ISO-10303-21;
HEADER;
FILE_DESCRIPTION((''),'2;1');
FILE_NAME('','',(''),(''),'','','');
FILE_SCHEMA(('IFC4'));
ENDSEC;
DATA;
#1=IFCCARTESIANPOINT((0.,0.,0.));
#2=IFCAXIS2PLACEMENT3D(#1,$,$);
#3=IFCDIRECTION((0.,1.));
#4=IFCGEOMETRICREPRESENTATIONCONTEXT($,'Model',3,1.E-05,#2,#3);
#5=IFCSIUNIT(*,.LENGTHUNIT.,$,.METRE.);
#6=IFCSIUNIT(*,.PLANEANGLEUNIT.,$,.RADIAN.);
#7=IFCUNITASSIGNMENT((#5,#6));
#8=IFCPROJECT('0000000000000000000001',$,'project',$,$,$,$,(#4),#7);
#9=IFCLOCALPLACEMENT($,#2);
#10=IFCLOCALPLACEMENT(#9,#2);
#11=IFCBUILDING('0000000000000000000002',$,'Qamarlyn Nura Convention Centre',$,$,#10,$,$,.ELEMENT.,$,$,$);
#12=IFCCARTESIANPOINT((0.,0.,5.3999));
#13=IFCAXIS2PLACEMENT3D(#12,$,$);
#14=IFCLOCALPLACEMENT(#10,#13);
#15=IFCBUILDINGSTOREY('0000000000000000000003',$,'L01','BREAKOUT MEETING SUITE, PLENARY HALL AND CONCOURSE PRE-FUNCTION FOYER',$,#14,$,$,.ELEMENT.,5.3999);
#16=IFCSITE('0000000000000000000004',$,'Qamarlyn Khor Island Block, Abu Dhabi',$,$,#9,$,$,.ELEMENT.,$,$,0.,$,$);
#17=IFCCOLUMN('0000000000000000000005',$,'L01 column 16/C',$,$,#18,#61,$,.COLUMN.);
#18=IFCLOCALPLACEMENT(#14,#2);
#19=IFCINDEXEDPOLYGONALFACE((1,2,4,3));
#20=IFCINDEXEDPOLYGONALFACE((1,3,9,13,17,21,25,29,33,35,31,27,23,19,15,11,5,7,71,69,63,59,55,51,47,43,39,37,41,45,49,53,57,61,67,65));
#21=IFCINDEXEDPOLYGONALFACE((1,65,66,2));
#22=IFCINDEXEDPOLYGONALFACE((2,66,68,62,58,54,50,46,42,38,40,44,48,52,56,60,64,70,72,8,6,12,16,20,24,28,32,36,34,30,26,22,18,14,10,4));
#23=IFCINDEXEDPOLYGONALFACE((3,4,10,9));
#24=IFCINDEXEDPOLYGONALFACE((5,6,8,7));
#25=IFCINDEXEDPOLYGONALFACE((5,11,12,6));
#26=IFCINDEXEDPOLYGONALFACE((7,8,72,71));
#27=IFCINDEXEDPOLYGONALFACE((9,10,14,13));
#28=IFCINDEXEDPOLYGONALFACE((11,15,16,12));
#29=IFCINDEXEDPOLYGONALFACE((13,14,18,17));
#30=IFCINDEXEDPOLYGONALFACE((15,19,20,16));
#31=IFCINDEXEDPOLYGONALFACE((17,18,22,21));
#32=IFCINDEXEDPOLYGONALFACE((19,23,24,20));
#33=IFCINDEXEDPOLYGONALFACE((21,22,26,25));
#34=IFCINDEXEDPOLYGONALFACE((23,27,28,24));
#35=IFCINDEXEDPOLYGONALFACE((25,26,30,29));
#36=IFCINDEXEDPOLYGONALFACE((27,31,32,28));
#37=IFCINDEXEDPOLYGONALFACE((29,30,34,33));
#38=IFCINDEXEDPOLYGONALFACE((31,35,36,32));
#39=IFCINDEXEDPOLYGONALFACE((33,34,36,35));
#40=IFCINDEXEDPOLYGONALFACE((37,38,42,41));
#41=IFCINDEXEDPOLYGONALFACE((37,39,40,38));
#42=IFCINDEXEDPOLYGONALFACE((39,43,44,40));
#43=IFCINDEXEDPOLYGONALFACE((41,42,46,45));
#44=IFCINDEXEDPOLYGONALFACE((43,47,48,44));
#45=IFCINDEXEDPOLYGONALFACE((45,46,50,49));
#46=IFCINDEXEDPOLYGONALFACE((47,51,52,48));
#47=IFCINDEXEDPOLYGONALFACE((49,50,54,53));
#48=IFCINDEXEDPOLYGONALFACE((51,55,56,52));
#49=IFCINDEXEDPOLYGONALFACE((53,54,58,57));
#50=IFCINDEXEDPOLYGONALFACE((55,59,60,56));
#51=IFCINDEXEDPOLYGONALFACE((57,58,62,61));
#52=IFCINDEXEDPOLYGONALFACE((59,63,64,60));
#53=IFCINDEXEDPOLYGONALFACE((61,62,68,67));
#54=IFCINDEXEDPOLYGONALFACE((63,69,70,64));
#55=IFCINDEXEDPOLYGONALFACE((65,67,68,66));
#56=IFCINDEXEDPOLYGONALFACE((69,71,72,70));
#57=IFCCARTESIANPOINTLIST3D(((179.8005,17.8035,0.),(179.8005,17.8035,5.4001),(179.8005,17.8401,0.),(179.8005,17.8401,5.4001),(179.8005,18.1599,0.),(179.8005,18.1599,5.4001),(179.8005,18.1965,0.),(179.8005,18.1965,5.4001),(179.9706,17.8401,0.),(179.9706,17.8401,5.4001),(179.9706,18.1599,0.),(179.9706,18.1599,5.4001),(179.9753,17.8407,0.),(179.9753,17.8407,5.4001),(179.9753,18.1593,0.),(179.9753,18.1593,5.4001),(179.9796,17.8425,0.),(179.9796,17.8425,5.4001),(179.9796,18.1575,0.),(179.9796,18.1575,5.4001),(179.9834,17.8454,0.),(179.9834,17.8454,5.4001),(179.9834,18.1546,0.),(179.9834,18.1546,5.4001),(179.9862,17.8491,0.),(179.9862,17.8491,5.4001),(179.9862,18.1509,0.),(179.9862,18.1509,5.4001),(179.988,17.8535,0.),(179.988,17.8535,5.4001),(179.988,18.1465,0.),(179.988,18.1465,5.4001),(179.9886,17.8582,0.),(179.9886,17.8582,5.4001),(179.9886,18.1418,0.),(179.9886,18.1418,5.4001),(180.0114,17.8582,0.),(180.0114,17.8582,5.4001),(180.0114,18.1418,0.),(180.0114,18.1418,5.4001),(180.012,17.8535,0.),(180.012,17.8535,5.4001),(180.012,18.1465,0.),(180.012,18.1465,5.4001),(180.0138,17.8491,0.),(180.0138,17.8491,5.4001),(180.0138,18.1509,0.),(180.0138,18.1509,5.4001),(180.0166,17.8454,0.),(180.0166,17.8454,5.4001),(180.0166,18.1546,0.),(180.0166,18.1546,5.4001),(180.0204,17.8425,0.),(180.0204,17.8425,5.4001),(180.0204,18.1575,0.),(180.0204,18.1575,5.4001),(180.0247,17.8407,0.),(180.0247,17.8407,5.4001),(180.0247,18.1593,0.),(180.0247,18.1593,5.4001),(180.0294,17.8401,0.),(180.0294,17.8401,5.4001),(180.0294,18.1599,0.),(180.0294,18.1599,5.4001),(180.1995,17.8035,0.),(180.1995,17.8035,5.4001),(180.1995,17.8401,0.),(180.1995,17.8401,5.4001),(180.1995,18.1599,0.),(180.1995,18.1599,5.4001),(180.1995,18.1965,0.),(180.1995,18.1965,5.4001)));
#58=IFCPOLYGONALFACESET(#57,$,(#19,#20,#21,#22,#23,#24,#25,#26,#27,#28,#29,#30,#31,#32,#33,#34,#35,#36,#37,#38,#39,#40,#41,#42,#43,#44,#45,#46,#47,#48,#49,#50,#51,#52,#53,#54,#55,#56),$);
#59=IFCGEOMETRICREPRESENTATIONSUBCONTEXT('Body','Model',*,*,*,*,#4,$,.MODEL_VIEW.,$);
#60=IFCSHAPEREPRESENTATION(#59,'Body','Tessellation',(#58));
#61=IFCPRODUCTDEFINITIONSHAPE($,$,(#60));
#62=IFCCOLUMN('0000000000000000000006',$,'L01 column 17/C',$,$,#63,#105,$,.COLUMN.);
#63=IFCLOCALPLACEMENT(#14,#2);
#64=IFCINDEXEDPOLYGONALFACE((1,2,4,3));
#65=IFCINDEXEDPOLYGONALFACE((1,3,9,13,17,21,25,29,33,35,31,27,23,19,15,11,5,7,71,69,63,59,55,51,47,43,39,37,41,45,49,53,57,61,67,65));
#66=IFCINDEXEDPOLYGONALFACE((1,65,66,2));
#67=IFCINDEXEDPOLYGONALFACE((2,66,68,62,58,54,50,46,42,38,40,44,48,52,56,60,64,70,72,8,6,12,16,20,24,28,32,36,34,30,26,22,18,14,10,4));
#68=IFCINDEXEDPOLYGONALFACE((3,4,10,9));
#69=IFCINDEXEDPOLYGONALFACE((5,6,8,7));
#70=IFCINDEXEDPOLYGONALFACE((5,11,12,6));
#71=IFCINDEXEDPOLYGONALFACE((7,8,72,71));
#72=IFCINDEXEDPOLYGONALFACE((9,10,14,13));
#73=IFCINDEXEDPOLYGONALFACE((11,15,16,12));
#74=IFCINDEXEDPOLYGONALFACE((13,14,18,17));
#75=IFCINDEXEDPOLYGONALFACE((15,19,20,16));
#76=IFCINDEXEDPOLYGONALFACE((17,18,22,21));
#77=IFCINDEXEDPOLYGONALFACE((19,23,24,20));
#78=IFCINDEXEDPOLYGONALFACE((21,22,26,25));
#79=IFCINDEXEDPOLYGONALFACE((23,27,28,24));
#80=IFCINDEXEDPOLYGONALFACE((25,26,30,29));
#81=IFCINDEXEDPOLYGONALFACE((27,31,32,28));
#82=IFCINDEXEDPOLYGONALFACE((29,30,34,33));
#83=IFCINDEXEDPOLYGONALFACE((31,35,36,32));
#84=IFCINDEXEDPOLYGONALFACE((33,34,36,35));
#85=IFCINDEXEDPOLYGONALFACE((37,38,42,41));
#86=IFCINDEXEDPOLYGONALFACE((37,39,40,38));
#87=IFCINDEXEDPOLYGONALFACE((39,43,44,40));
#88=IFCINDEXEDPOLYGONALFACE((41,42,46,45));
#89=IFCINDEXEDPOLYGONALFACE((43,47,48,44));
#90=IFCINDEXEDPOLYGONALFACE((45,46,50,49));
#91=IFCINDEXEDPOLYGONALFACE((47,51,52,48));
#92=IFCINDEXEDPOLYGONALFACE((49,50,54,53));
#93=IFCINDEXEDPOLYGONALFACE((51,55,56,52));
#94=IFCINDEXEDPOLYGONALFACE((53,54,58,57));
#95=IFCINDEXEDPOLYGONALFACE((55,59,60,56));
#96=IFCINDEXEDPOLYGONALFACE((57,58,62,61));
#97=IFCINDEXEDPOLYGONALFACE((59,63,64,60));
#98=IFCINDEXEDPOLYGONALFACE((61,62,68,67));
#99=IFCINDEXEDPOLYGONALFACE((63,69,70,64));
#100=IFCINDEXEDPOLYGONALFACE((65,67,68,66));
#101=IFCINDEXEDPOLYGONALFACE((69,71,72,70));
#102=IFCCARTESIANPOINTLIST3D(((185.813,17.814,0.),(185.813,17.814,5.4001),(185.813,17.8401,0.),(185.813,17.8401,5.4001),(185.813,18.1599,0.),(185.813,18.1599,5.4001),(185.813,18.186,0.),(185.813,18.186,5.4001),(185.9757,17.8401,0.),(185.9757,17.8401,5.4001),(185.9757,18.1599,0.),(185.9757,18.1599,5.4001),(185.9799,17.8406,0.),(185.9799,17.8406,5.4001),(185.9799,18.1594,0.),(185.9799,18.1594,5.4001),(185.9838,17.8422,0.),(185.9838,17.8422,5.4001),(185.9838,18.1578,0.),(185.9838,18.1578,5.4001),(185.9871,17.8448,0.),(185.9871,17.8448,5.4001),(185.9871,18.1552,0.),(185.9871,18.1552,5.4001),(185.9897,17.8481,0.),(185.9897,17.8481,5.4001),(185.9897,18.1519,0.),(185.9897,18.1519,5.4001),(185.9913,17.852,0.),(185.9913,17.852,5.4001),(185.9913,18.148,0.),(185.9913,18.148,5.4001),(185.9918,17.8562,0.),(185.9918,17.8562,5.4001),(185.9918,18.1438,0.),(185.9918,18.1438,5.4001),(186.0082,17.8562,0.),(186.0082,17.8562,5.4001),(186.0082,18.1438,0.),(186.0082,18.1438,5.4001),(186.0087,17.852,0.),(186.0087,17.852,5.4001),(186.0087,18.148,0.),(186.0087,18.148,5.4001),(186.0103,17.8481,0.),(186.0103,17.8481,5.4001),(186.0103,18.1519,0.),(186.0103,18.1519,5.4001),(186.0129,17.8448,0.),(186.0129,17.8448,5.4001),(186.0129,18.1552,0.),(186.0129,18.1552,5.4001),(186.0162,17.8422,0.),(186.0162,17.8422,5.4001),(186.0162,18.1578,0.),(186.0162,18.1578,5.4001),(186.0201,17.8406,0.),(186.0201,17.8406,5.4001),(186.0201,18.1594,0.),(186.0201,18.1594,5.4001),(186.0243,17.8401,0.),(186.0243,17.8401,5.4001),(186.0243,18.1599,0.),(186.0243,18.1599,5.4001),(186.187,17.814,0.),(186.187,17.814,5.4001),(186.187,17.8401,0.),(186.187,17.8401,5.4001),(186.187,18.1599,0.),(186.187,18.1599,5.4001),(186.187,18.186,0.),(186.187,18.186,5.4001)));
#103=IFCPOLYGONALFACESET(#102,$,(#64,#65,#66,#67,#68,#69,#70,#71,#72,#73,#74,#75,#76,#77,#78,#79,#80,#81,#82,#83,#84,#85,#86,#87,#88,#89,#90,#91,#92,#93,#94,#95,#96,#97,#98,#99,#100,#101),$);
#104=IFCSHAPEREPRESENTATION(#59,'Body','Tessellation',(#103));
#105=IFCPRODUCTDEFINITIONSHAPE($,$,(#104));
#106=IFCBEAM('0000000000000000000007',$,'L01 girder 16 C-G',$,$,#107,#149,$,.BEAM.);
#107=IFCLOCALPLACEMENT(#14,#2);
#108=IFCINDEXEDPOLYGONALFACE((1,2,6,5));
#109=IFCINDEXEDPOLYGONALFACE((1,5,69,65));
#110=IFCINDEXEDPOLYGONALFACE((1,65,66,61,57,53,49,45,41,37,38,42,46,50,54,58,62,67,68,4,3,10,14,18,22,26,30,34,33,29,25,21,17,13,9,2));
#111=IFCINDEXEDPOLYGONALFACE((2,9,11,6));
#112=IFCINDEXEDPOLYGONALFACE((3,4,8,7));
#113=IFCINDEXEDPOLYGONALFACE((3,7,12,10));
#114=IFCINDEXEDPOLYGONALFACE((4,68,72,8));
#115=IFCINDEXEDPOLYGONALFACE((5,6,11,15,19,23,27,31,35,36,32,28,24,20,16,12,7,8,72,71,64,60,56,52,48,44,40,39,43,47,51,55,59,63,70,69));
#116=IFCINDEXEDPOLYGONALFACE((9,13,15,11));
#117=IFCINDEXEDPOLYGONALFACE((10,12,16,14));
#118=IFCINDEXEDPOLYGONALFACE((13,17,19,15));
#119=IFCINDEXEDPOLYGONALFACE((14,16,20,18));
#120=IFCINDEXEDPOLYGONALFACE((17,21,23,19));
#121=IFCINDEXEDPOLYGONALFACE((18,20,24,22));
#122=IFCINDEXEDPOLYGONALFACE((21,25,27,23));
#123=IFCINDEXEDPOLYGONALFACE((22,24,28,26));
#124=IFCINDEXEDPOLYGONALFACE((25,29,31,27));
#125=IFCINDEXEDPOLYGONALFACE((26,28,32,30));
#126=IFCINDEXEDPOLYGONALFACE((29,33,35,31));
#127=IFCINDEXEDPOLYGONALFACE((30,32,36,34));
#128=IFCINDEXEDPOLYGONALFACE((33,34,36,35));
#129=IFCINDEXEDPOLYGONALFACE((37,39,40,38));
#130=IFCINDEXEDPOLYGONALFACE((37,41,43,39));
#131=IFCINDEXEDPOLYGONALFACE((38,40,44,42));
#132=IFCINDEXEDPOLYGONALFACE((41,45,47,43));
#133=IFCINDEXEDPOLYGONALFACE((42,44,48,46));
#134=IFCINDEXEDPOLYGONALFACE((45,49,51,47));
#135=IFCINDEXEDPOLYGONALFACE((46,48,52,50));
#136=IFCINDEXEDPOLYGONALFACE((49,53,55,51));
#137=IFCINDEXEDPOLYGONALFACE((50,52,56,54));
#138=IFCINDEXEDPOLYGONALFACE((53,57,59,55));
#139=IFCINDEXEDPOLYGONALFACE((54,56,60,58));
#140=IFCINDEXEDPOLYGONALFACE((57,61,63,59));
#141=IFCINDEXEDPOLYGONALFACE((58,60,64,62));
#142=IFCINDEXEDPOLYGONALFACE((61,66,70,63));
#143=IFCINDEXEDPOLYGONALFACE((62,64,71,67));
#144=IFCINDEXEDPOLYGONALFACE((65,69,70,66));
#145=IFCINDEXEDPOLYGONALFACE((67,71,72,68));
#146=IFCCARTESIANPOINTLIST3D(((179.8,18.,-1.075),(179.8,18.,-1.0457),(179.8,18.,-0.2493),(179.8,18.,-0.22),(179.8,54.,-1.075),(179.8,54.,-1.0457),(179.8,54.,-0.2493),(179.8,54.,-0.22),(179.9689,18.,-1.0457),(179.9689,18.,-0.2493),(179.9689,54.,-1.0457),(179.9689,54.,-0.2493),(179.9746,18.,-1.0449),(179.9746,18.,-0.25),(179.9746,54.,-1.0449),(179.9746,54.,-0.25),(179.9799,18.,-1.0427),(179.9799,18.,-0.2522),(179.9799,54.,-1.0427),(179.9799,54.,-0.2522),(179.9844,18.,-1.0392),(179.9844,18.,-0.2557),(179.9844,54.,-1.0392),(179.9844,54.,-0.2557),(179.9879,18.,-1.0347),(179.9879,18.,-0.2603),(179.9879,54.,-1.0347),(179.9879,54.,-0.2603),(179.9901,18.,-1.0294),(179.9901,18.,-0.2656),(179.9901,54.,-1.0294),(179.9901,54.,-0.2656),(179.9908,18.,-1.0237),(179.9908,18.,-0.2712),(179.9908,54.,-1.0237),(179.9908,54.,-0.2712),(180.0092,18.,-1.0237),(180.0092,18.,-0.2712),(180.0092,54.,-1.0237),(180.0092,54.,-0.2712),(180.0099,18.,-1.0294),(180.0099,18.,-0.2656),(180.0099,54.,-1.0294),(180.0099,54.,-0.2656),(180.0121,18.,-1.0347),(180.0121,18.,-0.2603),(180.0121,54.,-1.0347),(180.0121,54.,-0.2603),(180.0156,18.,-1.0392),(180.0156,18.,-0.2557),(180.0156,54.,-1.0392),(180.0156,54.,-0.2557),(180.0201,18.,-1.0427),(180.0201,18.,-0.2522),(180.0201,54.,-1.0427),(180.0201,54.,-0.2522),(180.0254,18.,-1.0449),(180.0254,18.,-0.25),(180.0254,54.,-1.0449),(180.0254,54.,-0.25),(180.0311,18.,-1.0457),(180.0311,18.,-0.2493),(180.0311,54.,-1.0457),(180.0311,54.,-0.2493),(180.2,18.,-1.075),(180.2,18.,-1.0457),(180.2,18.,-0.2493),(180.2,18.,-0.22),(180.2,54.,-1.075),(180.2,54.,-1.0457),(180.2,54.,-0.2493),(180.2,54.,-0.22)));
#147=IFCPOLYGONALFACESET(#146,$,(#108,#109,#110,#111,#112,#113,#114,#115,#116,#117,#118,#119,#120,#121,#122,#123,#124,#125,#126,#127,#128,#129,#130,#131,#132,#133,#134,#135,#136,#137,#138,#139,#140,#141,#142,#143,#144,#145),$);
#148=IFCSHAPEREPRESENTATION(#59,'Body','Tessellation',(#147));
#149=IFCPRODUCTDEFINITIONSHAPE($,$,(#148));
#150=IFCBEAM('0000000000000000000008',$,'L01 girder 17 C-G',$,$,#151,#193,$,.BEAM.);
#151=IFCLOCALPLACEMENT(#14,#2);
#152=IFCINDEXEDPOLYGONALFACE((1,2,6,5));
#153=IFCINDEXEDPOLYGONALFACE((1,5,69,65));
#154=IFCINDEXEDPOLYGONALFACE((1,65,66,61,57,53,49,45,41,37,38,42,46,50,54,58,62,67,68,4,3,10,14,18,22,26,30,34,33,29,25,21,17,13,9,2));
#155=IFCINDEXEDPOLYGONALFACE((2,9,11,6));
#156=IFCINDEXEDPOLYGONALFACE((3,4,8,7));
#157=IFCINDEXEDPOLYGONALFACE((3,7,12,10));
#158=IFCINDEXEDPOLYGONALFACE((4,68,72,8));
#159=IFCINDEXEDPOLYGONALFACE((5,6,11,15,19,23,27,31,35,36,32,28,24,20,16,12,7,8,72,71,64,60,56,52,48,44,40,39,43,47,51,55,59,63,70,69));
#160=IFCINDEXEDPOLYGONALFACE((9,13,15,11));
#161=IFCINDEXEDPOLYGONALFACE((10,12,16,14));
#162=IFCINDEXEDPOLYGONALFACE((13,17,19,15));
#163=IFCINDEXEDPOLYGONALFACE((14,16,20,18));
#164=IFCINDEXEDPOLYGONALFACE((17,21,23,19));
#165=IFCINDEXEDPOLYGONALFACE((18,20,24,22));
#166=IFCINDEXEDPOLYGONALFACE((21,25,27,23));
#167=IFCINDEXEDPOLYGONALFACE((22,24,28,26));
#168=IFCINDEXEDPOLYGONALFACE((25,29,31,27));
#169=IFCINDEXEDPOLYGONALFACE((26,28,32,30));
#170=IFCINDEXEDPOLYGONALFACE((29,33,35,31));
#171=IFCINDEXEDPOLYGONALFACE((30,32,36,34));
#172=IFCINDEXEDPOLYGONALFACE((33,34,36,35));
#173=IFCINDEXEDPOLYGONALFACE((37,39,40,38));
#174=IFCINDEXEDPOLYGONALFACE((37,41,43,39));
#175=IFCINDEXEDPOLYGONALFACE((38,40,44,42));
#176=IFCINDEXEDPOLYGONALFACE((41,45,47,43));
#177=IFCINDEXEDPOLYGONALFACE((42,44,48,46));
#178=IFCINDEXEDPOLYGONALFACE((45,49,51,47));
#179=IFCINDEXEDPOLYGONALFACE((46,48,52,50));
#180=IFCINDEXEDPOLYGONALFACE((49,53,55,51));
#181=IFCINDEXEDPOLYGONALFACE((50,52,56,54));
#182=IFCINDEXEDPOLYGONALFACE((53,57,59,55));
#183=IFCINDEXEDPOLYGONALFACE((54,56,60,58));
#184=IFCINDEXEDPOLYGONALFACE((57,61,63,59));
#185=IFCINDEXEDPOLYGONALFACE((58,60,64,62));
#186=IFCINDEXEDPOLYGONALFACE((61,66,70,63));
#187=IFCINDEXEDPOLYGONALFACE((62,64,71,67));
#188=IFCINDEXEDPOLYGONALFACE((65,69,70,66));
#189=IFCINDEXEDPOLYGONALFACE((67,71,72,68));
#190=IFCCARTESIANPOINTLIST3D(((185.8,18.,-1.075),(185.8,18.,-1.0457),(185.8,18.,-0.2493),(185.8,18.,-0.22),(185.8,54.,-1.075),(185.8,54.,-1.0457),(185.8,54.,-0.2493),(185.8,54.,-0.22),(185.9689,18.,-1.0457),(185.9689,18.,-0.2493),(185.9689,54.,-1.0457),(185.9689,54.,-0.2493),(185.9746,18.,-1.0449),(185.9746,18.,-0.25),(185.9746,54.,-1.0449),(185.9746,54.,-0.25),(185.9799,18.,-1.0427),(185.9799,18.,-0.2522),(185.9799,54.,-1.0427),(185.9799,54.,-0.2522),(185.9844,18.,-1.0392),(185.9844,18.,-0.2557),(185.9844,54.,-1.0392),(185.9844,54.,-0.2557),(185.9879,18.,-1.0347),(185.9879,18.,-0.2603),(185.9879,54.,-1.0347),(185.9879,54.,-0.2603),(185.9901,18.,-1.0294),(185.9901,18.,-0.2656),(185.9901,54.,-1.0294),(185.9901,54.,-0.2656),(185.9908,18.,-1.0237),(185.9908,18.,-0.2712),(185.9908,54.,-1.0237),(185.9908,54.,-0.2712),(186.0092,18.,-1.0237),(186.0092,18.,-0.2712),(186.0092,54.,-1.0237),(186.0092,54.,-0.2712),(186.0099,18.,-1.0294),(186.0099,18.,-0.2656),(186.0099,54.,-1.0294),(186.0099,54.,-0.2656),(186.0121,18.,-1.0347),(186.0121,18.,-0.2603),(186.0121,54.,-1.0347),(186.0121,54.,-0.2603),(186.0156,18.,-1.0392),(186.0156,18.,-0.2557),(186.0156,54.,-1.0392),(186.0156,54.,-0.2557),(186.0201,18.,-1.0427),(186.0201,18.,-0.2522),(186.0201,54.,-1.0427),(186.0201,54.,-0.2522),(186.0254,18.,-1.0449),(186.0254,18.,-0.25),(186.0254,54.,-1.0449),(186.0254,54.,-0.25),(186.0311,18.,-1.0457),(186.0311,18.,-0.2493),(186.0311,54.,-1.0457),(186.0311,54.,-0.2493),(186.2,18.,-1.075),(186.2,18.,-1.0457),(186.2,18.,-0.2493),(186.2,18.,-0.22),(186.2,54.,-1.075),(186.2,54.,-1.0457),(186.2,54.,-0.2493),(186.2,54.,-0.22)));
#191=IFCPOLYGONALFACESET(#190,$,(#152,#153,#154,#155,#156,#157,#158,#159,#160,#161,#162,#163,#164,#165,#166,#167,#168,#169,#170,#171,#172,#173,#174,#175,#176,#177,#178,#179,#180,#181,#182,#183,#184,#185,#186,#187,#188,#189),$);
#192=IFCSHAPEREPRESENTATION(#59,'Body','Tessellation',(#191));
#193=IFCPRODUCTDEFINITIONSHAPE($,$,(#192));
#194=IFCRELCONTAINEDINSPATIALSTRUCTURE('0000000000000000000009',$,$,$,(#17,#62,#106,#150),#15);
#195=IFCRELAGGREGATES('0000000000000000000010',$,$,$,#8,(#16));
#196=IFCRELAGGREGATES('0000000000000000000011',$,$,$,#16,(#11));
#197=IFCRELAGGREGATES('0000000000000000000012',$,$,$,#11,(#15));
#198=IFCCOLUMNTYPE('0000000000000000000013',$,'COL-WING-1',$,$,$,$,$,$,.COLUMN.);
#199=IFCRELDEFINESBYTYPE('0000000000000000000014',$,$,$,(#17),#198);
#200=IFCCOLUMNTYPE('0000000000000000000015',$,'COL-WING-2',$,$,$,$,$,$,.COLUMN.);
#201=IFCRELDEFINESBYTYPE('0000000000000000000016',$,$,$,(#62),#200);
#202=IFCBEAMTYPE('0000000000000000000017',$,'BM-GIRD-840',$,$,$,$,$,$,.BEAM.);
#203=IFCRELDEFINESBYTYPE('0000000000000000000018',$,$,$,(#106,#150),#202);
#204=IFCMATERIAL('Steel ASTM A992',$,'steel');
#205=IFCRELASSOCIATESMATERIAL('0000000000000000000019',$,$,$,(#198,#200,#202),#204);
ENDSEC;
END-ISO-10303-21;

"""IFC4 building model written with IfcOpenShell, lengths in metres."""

from ifc_helpers import new_model, si_unit, direction, frame, origin, origin_2d, place, context, subcontext, project, spatial, i_section, extrude, material, material_profile, profile_set, type_object, element, save


model = new_model("IFC4")

# Units and contexts
model_context = context("Model", 3, precision=1e-05, world=origin(), true_north=direction((0.0, 1.0)))
body_context = subcontext(model_context, "Body", "Model", "MODEL_VIEW")
ifc_project = project(units=[si_unit("LENGTHUNIT", "METRE"), si_unit("PLANEANGLEUNIT", "RADIAN")], contexts=[model_context])

# Site, building, storey
site_placement = place(None, origin())
site = spatial("IfcSite", under=ifc_project, at=site_placement, Name="Qamarlyn Khor Island Block, Abu Dhabi", CompositionType="ELEMENT", RefElevation=0.0)
building_placement = place(site_placement, origin())
building = spatial("IfcBuilding", under=site, at=building_placement, Name="Qamarlyn Nura Convention Centre", CompositionType="ELEMENT")
storey_placement = place(building_placement, frame((0.0, 0.0, 5.3999)))
storey = spatial("IfcBuildingStorey", under=building, at=storey_placement, Name="L01", Description="BREAKOUT MEETING SUITE, PLENARY HALL AND CONCOURSE PRE-FUNCTION FOYER", CompositionType="ELEMENT", Elevation=5.3999)

# Columns
ifc_material_1 = material(Name="Steel ASTM A992", Category="steel")
ifc_material_profile_1 = material_profile(ifc_material_1, i_section(OverallWidth=0.3989, OverallDepth=0.3931, WebThickness=0.0227, FlangeThickness=0.0366, FilletRadius=0.0181, at=origin_2d()), Name="W360X287")
ifc_profile_set_1 = profile_set([ifc_material_profile_1], Name="Steel ASTM A992")
column_type_1 = type_object("IfcColumnType", Name="COL-WING-1", PredefinedType="COLUMN", material=ifc_profile_set_1)
column_1_placement = place(storey_placement, frame((180.0, 18.0, 0.0), z_axis=(0.0, 0.0, 1.0), x_axis=(1.0, 0.0, 0.0)))
element("IfcColumn", 1, at=column_1_placement, inside=storey, type_object=column_type_1, Name="L01 column 16/C", PredefinedType="COLUMN", context=body_context, shape_type="SweptSolid", body=[
    extrude(i_section(OverallWidth=0.3989, OverallDepth=0.3931, WebThickness=0.0227, FlangeThickness=0.0366, FilletRadius=0.0181, at=origin_2d()), origin(), (0.0, 0.0, 1.0), 5.4001),
])
ifc_material_profile_2 = material_profile(ifc_material_1, i_section(OverallWidth=0.374, OverallDepth=0.3721, WebThickness=0.0164, FlangeThickness=0.0261, FilletRadius=0.0161, at=origin_2d()), Name="W360X196")
ifc_profile_set_2 = profile_set([ifc_material_profile_2], Name="Steel ASTM A992")
column_type_2 = type_object("IfcColumnType", Name="COL-WING-2", PredefinedType="COLUMN", material=ifc_profile_set_2)
column_2_placement = place(storey_placement, frame((186.0, 18.0, 0.0), z_axis=(0.0, 0.0, 1.0), x_axis=(1.0, 0.0, 0.0)))
element("IfcColumn", 2, at=column_2_placement, inside=storey, type_object=column_type_2, Name="L01 column 17/C", PredefinedType="COLUMN", context=body_context, shape_type="SweptSolid", body=[
    extrude(i_section(OverallWidth=0.374, OverallDepth=0.3721, WebThickness=0.0164, FlangeThickness=0.0261, FilletRadius=0.0161, at=origin_2d()), origin(), (0.0, 0.0, 1.0), 5.4001),
])

# Beams
ifc_material_profile_3 = material_profile(ifc_material_1, i_section(OverallWidth=0.3999, OverallDepth=0.855, WebThickness=0.0183, FlangeThickness=0.0293, FilletRadius=0.022, at=origin_2d()), Name="W840X299")
ifc_profile_set_3 = profile_set([ifc_material_profile_3], Name="Steel ASTM A992")
beam_type_1 = type_object("IfcBeamType", Name="BM-GIRD-840", PredefinedType="BEAM", material=ifc_profile_set_3)
for number, where, z_axis, x_axis, name in (
    (3, (180.0, 18.0, -0.6475), (0.0, 1.0, 0.0), (-1.0, 0.0, 0.0), "L01 girder 16 C-G"),
    (4, (186.0, 18.0, -0.6475), (0.0, 1.0, 0.0), (-1.0, 0.0, 0.0), "L01 girder 17 C-G"),
):
    element("IfcBeam", number, at=place(storey_placement, frame(where, z_axis=z_axis, x_axis=x_axis)), inside=storey, type_object=beam_type_1, Name=name, PredefinedType="BEAM", context=body_context, shape_type="SweptSolid", body=[
        extrude(i_section(OverallWidth=0.3999, OverallDepth=0.855, WebThickness=0.0183, FlangeThickness=0.0293, FilletRadius=0.022, at=origin_2d()), origin(), (0.0, 0.0, 1.0), 36.0),
    ])

save(model, "model.ifc")
